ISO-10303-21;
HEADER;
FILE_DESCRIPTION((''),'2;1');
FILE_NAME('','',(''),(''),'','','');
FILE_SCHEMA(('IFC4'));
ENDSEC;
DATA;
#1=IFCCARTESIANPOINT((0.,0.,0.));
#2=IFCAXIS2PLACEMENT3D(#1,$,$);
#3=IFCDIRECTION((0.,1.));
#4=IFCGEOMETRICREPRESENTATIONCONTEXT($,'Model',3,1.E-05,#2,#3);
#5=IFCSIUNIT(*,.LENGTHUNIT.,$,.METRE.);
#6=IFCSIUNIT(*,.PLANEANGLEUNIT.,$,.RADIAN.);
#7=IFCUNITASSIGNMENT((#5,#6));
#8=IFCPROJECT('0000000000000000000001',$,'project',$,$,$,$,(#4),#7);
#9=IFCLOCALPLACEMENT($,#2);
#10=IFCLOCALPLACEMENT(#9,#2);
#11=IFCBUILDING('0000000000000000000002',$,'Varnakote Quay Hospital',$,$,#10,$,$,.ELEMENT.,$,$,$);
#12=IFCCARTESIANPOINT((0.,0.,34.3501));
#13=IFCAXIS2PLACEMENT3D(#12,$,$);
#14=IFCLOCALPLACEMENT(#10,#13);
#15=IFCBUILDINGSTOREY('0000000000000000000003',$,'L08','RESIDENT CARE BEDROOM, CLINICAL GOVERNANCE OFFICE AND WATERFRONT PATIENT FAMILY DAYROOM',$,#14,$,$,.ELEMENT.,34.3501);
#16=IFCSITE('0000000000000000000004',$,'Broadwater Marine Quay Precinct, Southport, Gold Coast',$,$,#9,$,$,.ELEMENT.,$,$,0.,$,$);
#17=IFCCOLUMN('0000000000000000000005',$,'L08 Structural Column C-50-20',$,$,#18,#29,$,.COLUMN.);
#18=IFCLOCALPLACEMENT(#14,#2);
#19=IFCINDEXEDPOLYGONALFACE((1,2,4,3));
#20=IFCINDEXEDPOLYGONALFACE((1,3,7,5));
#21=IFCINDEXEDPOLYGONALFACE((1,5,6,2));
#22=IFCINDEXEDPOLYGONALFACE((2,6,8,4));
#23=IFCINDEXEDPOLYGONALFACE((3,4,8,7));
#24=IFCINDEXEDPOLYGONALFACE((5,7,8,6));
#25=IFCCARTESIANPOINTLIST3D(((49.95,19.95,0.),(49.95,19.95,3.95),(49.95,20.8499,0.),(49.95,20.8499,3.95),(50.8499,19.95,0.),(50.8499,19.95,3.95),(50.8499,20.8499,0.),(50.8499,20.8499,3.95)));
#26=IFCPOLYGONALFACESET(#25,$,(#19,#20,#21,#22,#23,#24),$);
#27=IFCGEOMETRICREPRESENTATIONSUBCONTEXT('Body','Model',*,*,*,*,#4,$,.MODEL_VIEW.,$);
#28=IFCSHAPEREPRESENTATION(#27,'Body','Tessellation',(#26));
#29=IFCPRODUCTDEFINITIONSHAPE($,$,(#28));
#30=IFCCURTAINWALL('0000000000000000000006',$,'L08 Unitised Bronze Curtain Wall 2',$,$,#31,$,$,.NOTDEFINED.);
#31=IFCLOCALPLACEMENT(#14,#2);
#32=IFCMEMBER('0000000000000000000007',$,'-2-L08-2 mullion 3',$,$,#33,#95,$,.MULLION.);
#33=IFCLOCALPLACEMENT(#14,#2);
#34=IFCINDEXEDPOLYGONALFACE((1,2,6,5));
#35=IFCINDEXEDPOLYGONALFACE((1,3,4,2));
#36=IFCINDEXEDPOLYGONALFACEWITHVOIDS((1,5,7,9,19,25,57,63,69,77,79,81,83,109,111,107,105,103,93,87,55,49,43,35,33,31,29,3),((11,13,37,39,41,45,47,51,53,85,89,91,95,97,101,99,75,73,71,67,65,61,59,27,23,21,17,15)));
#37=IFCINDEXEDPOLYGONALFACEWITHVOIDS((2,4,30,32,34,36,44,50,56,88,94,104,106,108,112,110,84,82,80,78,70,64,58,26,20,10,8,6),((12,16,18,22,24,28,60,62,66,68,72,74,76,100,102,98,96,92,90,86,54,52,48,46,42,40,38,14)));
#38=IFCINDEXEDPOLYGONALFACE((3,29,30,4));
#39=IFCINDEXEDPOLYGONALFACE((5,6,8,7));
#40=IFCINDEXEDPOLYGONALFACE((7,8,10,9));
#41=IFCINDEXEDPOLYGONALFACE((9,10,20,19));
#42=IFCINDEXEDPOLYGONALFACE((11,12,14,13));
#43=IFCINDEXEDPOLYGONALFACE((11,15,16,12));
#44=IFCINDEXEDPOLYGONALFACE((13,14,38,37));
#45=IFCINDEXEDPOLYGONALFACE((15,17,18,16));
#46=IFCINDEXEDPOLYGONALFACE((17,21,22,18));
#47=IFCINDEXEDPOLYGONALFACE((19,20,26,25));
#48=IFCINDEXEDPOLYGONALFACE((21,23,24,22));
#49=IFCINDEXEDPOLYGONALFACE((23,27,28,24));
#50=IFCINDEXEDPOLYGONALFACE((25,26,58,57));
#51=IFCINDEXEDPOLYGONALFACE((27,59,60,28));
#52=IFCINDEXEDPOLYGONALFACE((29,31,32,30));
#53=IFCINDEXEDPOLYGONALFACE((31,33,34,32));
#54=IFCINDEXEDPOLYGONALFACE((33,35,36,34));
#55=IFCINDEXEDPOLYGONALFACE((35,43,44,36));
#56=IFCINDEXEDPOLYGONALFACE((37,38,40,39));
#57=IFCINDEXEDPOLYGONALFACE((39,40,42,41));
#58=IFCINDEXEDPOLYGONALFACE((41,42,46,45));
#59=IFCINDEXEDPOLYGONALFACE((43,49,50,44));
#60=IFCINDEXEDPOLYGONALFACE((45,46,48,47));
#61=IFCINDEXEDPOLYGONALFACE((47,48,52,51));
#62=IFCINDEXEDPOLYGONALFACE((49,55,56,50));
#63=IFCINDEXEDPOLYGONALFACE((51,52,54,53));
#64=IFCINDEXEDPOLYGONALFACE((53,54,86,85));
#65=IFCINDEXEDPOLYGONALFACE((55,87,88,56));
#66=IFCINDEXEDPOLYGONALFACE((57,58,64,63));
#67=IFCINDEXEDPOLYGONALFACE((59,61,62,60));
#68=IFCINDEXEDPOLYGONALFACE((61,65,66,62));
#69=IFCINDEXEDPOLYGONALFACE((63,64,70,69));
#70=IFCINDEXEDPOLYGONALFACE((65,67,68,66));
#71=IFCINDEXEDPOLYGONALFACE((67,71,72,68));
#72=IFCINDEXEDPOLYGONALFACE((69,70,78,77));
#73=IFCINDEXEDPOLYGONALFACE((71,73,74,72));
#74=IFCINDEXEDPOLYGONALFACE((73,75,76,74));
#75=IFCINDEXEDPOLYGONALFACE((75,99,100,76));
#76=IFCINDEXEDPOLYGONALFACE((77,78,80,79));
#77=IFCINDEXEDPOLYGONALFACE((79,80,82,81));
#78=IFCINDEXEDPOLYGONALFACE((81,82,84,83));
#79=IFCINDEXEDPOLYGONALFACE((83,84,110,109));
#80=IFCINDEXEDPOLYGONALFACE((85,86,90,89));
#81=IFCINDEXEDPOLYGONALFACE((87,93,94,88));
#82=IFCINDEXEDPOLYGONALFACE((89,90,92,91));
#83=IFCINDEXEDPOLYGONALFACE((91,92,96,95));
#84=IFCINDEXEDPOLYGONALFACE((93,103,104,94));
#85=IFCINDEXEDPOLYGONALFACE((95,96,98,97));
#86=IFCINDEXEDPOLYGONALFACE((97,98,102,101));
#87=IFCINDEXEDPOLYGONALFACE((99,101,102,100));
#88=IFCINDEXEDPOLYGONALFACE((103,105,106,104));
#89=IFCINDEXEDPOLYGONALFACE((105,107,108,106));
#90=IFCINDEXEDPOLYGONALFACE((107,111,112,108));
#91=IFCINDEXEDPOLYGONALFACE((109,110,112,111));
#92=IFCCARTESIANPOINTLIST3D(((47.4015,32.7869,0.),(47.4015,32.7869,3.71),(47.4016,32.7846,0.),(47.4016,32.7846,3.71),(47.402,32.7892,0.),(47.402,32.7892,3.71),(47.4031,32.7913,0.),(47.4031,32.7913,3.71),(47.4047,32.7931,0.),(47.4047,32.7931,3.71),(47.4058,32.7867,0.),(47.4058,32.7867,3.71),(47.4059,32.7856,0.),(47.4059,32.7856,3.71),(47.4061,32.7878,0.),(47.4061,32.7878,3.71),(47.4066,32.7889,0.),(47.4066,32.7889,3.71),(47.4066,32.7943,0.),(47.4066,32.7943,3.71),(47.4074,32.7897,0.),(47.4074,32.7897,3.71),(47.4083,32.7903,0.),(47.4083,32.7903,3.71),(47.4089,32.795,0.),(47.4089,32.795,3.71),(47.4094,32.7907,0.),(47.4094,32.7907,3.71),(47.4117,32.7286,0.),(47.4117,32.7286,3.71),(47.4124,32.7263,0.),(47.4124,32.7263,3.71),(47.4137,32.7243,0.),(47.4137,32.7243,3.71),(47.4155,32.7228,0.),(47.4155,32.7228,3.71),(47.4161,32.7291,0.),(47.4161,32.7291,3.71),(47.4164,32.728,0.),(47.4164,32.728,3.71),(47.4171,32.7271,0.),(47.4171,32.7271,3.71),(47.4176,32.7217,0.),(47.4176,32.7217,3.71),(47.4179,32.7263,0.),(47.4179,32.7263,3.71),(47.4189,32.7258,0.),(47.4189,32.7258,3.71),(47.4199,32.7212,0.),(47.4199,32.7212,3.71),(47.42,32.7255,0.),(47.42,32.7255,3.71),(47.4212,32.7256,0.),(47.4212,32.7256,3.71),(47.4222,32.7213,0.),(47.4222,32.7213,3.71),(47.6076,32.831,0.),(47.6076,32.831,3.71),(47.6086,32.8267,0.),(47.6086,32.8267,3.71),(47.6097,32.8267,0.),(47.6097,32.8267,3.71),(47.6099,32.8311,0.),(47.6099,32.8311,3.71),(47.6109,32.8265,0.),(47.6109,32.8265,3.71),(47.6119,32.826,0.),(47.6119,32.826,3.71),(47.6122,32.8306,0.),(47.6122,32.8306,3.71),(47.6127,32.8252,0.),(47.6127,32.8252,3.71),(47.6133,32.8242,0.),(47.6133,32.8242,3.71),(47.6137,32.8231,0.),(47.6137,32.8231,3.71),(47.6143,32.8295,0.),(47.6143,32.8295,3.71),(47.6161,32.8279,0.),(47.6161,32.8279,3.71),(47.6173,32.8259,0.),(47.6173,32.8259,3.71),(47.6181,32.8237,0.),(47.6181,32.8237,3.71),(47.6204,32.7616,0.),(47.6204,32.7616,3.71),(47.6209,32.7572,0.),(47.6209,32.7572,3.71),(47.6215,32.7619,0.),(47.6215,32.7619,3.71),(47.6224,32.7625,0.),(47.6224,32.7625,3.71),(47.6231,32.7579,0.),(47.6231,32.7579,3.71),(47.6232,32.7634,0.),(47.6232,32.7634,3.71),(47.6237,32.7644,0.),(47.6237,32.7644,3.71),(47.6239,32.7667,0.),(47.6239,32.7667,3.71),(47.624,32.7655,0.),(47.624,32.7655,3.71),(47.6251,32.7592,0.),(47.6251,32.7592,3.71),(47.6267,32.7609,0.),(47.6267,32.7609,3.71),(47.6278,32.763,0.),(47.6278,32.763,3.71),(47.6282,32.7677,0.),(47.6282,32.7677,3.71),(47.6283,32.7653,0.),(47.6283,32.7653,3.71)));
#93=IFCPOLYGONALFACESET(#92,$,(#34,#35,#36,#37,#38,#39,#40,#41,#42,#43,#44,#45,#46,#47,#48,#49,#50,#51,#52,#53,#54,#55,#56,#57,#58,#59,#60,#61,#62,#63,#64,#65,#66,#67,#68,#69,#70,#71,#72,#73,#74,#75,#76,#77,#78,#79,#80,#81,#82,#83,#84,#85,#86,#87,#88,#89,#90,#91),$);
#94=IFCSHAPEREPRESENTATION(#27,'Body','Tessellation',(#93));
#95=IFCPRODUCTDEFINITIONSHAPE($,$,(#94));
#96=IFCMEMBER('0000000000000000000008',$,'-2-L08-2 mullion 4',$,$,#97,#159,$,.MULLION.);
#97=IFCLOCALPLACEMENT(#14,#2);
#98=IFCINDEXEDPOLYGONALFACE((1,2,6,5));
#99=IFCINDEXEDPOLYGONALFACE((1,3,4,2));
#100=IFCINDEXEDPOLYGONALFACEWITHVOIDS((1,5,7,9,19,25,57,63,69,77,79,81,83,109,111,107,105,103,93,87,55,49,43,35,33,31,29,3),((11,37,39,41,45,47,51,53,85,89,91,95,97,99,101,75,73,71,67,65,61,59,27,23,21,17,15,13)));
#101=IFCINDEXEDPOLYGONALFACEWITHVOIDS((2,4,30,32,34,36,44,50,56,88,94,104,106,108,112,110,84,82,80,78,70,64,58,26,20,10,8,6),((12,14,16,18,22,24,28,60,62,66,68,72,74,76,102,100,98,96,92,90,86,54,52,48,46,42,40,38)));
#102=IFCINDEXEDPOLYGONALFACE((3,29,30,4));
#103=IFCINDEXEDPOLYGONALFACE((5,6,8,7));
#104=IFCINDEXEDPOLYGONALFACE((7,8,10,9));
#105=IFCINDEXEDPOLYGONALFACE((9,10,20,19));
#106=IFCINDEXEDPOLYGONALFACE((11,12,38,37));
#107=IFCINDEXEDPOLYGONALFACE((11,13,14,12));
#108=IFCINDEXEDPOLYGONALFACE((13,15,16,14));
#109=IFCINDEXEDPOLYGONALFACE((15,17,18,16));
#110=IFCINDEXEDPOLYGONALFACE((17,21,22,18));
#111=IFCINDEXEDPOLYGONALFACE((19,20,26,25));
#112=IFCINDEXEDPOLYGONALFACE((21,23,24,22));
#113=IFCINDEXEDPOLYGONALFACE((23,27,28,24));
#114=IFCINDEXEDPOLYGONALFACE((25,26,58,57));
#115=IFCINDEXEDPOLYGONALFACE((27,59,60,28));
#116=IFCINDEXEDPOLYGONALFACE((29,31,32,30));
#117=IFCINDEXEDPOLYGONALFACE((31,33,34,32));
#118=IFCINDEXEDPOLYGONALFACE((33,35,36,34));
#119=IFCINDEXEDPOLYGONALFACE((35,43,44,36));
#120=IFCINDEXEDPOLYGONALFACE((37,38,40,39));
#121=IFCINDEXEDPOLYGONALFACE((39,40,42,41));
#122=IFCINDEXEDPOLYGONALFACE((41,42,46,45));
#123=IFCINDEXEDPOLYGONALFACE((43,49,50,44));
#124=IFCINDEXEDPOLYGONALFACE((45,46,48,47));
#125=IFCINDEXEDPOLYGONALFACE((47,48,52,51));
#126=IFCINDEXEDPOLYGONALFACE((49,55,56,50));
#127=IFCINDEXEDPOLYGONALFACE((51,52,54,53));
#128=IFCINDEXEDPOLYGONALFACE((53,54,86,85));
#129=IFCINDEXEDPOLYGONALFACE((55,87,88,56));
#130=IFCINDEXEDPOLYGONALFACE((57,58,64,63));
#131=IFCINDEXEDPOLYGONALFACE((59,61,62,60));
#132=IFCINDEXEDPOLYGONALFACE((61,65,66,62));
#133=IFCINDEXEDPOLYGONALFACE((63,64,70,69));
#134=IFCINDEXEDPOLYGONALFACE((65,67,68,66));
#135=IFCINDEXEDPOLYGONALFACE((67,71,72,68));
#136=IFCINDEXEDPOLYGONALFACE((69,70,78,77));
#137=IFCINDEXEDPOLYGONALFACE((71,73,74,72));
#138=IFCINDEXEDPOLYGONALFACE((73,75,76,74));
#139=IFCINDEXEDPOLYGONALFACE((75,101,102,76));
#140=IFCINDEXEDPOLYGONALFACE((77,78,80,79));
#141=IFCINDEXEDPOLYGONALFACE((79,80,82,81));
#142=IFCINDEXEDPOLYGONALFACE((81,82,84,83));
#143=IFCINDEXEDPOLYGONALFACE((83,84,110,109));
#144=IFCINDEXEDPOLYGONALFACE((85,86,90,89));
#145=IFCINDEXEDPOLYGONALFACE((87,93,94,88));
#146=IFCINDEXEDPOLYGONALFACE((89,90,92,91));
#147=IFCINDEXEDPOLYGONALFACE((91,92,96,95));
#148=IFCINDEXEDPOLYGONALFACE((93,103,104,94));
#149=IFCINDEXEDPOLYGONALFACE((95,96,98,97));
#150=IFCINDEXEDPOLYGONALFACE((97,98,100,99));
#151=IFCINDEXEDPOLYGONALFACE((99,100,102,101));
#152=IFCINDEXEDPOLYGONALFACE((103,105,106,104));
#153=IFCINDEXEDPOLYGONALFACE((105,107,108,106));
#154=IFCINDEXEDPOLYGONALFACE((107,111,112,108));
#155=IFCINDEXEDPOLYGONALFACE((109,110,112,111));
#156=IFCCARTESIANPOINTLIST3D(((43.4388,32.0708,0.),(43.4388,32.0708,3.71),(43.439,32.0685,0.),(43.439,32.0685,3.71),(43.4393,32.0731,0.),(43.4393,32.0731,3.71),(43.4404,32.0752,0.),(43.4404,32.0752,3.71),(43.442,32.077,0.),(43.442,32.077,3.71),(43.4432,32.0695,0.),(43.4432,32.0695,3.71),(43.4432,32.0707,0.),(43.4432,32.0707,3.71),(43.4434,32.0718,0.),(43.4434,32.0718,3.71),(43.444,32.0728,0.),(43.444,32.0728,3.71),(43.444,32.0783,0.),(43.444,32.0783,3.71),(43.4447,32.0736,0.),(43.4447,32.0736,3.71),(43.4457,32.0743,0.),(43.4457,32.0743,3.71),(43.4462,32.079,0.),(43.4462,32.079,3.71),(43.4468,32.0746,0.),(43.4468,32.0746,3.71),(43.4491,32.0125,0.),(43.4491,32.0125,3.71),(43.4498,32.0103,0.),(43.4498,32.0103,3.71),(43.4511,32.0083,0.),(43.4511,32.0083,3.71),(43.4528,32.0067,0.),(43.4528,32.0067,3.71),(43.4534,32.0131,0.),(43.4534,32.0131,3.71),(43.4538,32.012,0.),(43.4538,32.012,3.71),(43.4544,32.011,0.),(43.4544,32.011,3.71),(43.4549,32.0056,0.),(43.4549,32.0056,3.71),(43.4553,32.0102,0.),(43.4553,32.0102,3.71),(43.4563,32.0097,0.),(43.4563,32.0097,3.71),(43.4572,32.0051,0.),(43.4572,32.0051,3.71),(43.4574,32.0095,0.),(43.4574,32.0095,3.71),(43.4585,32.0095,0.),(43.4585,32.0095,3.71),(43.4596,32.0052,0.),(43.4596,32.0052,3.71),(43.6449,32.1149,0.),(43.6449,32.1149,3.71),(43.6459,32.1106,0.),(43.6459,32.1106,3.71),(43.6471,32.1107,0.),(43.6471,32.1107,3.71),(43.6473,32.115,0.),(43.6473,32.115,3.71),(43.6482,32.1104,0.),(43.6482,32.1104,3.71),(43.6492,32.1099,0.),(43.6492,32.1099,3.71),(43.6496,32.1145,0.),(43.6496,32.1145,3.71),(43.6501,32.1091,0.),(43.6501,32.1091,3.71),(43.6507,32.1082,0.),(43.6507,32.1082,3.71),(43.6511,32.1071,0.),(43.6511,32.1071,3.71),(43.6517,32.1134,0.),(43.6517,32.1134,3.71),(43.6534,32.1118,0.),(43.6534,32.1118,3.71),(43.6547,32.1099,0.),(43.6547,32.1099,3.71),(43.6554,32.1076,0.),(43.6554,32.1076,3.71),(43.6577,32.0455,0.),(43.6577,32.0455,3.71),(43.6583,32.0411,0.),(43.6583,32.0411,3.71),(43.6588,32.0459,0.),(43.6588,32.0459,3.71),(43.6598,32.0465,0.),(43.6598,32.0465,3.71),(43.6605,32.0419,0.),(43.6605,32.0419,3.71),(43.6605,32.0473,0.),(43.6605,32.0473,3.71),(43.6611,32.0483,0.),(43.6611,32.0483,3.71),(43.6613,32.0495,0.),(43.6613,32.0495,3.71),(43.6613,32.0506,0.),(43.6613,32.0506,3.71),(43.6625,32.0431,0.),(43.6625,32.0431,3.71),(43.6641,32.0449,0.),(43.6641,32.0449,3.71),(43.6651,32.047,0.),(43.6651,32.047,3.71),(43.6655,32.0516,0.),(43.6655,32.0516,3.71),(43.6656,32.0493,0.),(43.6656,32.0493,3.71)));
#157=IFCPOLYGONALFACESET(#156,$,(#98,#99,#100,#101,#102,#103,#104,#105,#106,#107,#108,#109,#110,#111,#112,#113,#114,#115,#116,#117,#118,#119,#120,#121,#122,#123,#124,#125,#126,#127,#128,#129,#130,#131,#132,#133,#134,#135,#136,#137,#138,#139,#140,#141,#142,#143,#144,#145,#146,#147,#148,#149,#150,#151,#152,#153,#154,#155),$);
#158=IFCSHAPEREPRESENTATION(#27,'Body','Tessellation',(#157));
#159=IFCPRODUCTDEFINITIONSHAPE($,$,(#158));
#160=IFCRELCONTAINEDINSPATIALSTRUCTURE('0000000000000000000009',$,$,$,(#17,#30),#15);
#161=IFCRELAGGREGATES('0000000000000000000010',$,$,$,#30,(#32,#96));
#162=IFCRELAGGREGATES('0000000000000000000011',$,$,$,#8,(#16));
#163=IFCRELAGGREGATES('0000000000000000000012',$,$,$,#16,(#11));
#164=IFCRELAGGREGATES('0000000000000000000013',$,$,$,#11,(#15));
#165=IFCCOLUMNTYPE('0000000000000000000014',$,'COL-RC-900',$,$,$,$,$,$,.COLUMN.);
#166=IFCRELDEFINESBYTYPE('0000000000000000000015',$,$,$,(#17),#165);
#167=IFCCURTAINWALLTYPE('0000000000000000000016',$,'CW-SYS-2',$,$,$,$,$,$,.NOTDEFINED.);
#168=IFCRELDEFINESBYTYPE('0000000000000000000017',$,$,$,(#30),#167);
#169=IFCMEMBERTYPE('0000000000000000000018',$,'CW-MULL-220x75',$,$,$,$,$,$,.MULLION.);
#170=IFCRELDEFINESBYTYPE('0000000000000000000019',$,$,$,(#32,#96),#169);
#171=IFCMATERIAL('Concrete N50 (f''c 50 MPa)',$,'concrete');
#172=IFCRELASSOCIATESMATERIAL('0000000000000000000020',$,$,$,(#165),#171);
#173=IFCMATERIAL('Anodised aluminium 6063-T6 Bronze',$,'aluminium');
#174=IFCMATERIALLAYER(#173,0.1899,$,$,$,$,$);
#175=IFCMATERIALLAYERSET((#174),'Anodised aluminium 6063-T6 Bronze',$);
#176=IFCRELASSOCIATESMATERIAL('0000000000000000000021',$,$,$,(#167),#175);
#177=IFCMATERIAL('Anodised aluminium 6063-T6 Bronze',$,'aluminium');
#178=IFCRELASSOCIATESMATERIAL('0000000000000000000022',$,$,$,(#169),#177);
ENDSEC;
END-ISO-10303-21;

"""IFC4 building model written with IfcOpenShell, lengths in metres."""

from ifc_helpers import new_model, si_unit, direction, frame, origin, origin_2d, place, context, subcontext, project, spatial, rectangle, hollow_rectangle, extrude, material, layer, layer_set, material_profile, profile_set, type_object, element, aggregate, save


model = new_model("IFC4")

# Units and contexts
model_context = context("Model", 3, precision=1e-05, world=origin(), true_north=direction((0.0, 1.0)))
body_context = subcontext(model_context, "Body", "Model", "MODEL_VIEW")
ifc_project = project(units=[si_unit("LENGTHUNIT", "METRE"), si_unit("PLANEANGLEUNIT", "RADIAN")], contexts=[model_context])

# Site, building, storey
site_placement = place(None, origin())
site = spatial("IfcSite", under=ifc_project, at=site_placement, Name="Broadwater Marine Quay Precinct, Southport, Gold Coast", CompositionType="ELEMENT", RefElevation=0.0)
building_placement = place(site_placement, origin())
building = spatial("IfcBuilding", under=site, at=building_placement, Name="Varnakote Quay Hospital", CompositionType="ELEMENT")
storey_placement = place(building_placement, frame((0.0, 0.0, 34.3501)))
storey = spatial("IfcBuildingStorey", under=building, at=storey_placement, Name="L08", Description="RESIDENT CARE BEDROOM, CLINICAL GOVERNANCE OFFICE AND WATERFRONT PATIENT FAMILY DAYROOM", CompositionType="ELEMENT", Elevation=34.3501)

# Column
ifc_material_1 = material(Name="Concrete N50 (f'c 50 MPa)", Category="concrete")
ifc_material_profile_1 = material_profile(ifc_material_1, rectangle(XDim=0.8999, YDim=0.8999, at=origin_2d()), Name="RC-COL-900x900")
ifc_profile_set_1 = profile_set([ifc_material_profile_1], Name="Concrete N50 (f'c 50 MPa)")
column_type = type_object("IfcColumnType", Name="COL-RC-900", PredefinedType="COLUMN", material=ifc_profile_set_1)
column_placement = place(storey_placement, frame((50.3999, 20.3999, 0.0), z_axis=(0.0, 0.0, 1.0), x_axis=(1.0, 0.0, 0.0)))
element("IfcColumn", 1, at=column_placement, inside=storey, type_object=column_type, Name="L08 Structural Column C-50-20", PredefinedType="COLUMN", context=body_context, shape_type="SweptSolid", body=[
    extrude(rectangle(XDim=0.8999, YDim=0.8999, at=origin_2d()), origin(), (0.0, 0.0, 1.0), 3.95),
])

# Curtain wall, members
ifc_material_2 = material(Name="Anodised aluminium 6063-T6 Bronze", Category="aluminium")
ifc_layer_1 = layer(ifc_material_2, 0.1899)
ifc_layer_set_1 = layer_set([ifc_layer_1], Name="Anodised aluminium 6063-T6 Bronze")
curtain_wall_type = type_object("IfcCurtainWallType", Name="CW-SYS-2", PredefinedType="NOTDEFINED", material=ifc_layer_set_1)
curtain_wall_placement = place(storey_placement, origin())
curtain_wall = element("IfcCurtainWall", 2, at=curtain_wall_placement, inside=storey, type_object=curtain_wall_type, Name="L08 Unitised Bronze Curtain Wall 2", PredefinedType="NOTDEFINED")
ifc_material_3 = material(Name="Anodised aluminium 6063-T6 Bronze", Category="aluminium")
ifc_material_profile_2 = material_profile(ifc_material_3, hollow_rectangle(XDim=0.075, YDim=0.22, WallThickness=0.0044, InnerFilletRadius=0.0044, OuterFilletRadius=0.009, at=origin_2d()), Name="CW-MULL-220x75")
ifc_profile_set_2 = profile_set([ifc_material_profile_2], Name="Anodised aluminium 6063-T6 Bronze")
member_type_1 = type_object("IfcMemberType", Name="CW-MULL-220x75", PredefinedType="MULLION", material=ifc_profile_set_2)
member_1_placement = place(storey_placement, frame((47.5149, 32.7761, 0.0), z_axis=(0.0, 0.0, 1.0), x_axis=(0.177846, -0.984058, 0.0)))
member_1 = element("IfcMember", 3, at=member_1_placement, type_object=member_type_1, Name="-2-L08-2 mullion 3", PredefinedType="MULLION", context=body_context, shape_type="SweptSolid", body=[
    extrude(hollow_rectangle(XDim=0.075, YDim=0.22, WallThickness=0.0044, InnerFilletRadius=0.0044, OuterFilletRadius=0.009, at=origin_2d()), origin(), (0.0, 0.0, 1.0), 3.71),
])
member_2_placement = place(storey_placement, frame((43.5522, 32.0601, 0.0), z_axis=(0.0, 0.0, 1.0), x_axis=(0.177846, -0.984058, 0.0)))
member_2 = element("IfcMember", 4, at=member_2_placement, type_object=member_type_1, Name="-2-L08-2 mullion 4", PredefinedType="MULLION", context=body_context, shape_type="SweptSolid", body=[
    extrude(hollow_rectangle(XDim=0.075, YDim=0.22, WallThickness=0.0044, InnerFilletRadius=0.0044, OuterFilletRadius=0.009, at=origin_2d()), origin(), (0.0, 0.0, 1.0), 3.71),
])
aggregate(curtain_wall, [member_1, member_2])

save(model, "model.ifc")
